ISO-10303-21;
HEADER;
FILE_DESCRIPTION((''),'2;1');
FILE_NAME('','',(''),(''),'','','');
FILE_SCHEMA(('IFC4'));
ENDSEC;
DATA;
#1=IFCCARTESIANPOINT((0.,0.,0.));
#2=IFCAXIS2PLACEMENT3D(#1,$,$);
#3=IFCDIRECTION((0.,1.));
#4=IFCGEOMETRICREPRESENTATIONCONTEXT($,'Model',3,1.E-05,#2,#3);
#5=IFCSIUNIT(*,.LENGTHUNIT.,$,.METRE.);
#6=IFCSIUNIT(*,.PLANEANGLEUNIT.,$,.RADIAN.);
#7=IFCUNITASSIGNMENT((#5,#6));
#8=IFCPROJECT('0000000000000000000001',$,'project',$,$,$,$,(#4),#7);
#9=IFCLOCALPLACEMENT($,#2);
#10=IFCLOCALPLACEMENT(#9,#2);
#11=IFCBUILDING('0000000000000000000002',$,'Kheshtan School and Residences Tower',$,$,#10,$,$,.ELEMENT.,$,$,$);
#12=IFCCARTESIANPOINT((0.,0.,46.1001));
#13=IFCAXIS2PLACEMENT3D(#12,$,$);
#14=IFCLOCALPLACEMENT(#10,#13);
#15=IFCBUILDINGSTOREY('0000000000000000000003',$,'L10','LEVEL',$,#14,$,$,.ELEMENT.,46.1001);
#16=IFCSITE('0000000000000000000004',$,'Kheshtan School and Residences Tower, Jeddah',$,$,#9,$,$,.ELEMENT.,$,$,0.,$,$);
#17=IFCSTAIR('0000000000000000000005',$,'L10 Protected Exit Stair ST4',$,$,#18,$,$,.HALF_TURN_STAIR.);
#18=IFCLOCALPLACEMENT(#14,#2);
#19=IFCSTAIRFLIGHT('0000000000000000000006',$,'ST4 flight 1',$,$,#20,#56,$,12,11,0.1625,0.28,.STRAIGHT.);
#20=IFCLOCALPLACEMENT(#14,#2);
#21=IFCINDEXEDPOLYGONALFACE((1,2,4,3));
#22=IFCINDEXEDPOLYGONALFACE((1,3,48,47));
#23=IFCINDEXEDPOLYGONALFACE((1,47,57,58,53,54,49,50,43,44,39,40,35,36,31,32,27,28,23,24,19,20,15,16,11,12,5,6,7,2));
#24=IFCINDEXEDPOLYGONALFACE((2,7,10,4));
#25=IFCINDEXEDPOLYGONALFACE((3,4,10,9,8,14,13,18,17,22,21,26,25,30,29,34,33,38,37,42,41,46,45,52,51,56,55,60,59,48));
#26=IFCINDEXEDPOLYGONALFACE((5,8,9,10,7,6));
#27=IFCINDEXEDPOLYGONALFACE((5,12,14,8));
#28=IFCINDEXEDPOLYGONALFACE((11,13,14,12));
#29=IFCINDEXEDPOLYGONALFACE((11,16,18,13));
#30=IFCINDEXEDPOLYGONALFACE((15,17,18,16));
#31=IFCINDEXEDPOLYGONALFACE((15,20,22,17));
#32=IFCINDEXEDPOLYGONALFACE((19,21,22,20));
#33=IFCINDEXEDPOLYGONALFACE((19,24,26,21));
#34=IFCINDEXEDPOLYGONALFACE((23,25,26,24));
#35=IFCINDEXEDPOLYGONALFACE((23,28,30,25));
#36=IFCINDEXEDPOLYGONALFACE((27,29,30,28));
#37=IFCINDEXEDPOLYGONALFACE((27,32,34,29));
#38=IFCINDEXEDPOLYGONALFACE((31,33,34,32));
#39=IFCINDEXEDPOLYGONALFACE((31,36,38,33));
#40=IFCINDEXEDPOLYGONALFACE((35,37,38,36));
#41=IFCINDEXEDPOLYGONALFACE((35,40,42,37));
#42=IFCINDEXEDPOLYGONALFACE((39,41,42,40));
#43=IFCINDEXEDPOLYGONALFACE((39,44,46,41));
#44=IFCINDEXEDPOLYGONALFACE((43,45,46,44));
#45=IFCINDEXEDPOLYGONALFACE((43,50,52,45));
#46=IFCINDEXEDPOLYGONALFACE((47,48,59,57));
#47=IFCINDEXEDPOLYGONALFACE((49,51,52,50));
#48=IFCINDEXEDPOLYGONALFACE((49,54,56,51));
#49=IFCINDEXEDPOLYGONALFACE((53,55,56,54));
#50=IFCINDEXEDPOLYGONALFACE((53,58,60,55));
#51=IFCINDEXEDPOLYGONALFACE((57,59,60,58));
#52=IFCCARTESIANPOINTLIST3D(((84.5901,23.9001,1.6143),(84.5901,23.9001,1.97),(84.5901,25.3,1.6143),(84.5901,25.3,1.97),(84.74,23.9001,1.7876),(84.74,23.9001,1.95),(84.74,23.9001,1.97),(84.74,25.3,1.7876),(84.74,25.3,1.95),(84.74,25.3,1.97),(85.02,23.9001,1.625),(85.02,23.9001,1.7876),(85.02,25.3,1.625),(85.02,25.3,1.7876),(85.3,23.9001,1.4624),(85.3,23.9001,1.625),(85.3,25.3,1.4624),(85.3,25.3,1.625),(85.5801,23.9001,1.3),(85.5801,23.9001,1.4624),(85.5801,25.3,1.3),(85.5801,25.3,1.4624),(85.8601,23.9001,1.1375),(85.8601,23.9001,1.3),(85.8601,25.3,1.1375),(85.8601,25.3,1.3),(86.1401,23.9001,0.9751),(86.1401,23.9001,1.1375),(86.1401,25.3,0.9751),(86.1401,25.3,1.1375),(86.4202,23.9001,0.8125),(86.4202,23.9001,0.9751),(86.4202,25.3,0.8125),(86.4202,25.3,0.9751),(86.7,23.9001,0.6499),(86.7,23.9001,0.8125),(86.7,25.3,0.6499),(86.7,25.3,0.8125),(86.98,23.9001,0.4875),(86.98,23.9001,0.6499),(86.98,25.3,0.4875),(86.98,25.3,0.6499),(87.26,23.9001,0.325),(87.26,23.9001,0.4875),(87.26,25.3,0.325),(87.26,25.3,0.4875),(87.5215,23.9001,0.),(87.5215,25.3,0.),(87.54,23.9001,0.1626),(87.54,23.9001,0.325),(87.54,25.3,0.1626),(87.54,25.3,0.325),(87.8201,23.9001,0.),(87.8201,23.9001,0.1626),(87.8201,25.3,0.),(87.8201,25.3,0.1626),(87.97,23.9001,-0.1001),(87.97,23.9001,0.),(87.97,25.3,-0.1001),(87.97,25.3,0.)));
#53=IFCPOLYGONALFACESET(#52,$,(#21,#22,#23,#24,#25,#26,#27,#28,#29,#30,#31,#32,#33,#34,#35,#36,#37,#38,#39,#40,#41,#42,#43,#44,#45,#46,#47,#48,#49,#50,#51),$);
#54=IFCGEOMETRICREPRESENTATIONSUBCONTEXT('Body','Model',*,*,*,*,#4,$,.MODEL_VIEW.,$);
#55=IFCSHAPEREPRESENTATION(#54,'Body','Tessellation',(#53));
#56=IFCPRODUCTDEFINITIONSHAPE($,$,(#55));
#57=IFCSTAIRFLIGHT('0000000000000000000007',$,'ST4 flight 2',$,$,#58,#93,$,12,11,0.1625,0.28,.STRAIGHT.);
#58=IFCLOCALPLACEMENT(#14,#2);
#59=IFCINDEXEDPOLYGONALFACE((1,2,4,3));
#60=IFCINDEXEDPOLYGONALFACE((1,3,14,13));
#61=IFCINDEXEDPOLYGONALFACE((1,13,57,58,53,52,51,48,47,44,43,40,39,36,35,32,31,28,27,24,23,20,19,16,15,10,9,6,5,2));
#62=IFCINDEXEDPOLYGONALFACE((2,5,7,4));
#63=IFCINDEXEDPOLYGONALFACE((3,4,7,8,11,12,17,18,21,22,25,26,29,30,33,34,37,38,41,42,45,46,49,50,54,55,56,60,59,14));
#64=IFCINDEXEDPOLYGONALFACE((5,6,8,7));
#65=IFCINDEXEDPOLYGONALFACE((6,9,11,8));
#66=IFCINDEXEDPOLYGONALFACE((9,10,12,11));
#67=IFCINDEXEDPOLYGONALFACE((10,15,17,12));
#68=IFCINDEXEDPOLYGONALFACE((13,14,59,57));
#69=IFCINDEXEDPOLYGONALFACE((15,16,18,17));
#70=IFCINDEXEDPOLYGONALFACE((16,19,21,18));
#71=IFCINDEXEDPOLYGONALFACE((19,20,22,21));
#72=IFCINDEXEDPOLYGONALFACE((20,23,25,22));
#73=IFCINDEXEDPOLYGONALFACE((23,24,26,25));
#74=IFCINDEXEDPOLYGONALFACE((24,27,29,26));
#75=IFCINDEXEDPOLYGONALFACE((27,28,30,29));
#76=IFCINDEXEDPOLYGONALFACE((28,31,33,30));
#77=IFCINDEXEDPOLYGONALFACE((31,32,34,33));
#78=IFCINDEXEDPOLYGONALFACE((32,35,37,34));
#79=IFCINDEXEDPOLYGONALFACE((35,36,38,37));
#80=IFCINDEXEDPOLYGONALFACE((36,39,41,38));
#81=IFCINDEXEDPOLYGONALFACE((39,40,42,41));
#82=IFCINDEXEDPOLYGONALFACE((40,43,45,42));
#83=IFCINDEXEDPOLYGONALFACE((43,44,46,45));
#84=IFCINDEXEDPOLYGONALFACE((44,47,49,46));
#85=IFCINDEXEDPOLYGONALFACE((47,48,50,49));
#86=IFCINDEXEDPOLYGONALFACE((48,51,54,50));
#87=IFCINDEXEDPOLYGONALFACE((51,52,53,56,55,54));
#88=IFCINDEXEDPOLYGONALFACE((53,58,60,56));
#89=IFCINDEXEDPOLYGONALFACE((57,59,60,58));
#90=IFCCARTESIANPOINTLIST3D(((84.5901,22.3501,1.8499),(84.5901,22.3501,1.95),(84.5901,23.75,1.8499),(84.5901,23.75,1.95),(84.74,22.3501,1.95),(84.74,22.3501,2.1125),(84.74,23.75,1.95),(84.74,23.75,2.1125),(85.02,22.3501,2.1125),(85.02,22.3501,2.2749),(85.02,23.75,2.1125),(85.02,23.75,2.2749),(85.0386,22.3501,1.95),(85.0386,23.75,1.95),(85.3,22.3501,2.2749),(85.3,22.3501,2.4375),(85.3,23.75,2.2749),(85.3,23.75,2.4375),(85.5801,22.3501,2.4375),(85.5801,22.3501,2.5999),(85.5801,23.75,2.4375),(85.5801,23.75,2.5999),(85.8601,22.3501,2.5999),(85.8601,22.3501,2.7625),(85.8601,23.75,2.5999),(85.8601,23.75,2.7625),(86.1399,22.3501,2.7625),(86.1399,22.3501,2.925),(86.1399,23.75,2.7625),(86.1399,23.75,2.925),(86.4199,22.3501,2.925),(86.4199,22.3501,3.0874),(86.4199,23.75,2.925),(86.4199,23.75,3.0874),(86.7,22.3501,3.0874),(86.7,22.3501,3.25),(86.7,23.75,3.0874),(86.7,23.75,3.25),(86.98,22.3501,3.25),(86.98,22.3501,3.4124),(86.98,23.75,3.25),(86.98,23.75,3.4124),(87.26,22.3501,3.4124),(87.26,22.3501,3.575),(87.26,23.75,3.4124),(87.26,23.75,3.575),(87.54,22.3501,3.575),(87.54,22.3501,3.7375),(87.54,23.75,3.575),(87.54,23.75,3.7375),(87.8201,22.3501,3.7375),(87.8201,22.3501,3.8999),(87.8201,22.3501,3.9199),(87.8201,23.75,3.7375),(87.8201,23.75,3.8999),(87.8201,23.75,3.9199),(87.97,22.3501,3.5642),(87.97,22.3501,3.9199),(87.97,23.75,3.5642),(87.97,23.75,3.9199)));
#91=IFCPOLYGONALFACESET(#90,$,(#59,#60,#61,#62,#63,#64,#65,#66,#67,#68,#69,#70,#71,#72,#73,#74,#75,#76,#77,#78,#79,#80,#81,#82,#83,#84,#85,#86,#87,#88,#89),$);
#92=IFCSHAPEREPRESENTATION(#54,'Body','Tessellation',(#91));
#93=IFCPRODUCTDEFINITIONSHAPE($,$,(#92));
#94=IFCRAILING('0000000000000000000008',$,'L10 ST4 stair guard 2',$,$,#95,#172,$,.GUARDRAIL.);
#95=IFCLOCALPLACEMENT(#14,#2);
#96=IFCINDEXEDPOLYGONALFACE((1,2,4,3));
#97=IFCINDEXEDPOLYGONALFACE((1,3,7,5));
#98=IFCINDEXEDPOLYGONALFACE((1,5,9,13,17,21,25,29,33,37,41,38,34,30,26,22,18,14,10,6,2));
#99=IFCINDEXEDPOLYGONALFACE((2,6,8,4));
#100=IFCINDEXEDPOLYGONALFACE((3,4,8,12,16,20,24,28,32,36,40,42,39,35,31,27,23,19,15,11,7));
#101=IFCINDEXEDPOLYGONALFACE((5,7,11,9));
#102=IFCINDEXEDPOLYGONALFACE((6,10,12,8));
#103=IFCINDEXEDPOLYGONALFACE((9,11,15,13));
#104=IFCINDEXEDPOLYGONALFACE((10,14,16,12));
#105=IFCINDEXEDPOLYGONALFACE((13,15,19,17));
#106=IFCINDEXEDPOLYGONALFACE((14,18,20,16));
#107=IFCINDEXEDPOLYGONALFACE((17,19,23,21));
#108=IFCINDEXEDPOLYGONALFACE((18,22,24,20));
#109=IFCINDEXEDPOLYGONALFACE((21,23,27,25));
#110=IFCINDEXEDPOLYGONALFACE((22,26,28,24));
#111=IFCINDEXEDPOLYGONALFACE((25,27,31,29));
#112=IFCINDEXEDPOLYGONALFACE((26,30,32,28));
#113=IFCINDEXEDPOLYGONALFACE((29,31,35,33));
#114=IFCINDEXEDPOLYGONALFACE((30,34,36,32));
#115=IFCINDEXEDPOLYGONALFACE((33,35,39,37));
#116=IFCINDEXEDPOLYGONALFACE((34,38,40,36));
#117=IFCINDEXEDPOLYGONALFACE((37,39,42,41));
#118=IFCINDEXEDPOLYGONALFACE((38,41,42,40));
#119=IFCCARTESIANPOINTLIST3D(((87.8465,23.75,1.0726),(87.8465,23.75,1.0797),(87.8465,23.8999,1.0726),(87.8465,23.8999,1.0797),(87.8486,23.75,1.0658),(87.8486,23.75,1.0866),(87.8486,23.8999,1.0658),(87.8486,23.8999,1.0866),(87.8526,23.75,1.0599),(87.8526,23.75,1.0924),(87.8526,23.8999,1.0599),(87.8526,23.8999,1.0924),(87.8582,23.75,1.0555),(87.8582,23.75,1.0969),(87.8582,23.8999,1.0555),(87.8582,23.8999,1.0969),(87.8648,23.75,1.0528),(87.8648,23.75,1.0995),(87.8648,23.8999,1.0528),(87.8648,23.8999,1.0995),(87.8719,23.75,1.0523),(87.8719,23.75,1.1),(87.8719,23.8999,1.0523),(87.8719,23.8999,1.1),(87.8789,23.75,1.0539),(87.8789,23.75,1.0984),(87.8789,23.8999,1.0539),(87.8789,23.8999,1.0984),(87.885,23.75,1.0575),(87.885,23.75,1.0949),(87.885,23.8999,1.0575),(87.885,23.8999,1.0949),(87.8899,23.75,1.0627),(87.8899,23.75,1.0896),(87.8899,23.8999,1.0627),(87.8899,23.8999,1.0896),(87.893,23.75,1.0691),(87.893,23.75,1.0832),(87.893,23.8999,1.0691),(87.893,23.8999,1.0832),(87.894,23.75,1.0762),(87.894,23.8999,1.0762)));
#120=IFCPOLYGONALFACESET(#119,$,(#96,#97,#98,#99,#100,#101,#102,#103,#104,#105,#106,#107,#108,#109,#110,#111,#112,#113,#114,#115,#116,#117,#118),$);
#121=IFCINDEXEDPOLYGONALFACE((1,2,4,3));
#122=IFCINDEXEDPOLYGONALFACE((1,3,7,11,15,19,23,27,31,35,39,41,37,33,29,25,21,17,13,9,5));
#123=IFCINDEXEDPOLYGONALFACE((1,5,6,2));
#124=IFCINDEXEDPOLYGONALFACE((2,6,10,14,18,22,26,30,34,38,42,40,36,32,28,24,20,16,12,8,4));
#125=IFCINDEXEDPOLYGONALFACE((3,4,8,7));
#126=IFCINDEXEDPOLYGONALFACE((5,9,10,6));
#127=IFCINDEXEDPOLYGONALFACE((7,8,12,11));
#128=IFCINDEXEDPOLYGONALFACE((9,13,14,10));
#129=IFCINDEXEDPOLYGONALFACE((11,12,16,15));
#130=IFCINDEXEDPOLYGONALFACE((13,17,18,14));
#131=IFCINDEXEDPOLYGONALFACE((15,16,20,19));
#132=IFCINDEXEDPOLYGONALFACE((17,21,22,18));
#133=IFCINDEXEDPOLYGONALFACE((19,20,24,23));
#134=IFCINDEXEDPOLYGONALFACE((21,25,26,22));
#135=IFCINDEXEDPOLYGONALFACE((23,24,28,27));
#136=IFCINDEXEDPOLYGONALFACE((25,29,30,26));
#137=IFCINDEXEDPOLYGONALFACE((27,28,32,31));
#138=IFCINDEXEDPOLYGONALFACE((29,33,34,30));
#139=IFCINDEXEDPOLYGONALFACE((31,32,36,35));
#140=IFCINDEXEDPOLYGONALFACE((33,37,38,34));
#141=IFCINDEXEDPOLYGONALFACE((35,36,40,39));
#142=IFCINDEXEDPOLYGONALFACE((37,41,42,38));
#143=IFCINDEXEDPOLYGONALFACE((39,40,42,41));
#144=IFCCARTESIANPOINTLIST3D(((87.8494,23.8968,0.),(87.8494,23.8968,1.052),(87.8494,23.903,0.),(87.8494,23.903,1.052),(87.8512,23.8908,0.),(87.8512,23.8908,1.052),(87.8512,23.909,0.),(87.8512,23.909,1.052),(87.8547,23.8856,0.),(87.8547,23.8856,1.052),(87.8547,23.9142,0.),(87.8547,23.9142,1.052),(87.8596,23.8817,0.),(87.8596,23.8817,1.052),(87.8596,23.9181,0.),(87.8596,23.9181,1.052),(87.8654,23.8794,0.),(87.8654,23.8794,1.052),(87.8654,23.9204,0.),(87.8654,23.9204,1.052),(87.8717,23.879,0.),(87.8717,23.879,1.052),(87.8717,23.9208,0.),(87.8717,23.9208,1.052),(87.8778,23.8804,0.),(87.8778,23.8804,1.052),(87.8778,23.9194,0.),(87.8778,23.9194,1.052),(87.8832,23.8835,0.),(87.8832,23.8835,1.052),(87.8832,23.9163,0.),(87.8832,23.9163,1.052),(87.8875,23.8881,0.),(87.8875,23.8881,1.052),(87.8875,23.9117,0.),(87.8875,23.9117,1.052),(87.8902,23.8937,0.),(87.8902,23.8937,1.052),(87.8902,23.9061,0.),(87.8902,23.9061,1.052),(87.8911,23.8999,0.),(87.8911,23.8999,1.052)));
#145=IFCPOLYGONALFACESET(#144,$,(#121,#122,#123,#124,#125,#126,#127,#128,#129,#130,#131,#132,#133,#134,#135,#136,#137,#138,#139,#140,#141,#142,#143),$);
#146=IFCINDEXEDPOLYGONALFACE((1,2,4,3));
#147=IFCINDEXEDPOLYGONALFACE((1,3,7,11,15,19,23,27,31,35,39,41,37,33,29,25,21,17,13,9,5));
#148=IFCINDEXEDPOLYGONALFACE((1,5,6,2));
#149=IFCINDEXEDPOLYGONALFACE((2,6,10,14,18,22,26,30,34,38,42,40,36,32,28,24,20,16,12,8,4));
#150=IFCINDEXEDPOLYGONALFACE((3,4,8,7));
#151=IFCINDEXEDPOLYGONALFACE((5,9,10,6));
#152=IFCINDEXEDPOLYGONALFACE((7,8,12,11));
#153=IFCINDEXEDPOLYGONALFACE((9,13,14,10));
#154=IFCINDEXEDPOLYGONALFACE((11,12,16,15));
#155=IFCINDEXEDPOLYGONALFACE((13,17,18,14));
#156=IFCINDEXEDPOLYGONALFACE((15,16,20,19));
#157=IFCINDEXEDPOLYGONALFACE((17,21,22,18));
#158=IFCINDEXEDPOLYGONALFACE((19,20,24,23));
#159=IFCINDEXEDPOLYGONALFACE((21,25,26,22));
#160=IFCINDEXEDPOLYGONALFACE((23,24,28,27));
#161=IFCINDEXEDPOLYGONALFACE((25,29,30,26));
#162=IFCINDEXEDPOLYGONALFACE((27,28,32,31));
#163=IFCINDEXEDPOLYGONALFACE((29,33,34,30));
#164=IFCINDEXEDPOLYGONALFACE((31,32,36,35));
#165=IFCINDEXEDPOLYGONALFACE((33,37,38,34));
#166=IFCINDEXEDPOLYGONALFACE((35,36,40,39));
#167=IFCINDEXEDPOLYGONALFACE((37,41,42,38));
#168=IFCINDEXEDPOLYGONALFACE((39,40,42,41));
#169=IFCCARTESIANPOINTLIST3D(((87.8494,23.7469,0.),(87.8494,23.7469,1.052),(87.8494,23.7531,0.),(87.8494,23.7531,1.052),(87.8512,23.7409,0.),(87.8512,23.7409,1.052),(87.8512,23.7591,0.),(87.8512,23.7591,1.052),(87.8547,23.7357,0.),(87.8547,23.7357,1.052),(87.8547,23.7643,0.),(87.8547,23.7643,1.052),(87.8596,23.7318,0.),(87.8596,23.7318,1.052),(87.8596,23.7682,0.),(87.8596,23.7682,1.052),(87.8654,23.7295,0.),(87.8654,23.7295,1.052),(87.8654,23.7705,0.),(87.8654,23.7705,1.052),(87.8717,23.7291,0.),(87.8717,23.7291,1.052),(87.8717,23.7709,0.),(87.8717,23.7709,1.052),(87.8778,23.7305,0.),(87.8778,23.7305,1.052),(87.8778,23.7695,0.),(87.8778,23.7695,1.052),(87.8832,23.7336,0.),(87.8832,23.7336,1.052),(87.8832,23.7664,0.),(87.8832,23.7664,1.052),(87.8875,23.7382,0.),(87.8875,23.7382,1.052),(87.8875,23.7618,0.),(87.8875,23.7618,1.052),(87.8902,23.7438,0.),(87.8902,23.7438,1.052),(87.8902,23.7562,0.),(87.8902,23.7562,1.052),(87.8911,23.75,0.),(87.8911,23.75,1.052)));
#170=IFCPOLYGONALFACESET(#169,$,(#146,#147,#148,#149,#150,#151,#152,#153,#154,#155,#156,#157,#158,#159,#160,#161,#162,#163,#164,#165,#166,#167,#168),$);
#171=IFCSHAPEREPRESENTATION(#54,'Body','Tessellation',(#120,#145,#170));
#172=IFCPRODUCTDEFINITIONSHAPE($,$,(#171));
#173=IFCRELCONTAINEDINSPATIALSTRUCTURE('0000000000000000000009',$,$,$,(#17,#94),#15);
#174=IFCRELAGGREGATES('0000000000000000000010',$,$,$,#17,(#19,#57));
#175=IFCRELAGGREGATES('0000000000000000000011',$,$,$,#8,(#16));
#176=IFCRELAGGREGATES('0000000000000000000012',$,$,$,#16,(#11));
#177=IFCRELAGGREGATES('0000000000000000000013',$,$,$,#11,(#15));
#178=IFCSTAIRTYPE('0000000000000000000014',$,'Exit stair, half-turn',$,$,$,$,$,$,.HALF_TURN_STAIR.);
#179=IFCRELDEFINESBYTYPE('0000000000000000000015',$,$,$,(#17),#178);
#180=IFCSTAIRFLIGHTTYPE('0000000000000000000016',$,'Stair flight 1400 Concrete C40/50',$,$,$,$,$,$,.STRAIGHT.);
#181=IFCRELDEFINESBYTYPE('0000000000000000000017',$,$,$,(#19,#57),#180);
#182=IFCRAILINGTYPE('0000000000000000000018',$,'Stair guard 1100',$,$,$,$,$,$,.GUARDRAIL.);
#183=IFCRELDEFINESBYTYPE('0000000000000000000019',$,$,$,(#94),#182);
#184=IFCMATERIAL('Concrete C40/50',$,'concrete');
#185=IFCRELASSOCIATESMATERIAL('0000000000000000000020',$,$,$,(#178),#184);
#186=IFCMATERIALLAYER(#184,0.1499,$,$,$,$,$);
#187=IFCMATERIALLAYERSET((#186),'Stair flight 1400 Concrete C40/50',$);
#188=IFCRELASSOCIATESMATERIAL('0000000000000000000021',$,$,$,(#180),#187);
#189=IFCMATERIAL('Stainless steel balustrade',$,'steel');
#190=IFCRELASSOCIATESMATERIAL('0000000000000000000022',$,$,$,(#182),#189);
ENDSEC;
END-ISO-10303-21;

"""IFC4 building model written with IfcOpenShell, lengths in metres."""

from ifc_helpers import new_model, si_unit, direction, frame, origin, origin_2d, place, context, subcontext, project, spatial, polyline, circle, outline, extrude, material, layer, layer_set, type_object, element, aggregate, save


model = new_model("IFC4")

# Units and contexts
model_context = context("Model", 3, precision=1e-05, world=origin(), true_north=direction((0.0, 1.0)))
body_context = subcontext(model_context, "Body", "Model", "MODEL_VIEW")
ifc_project = project(units=[si_unit("LENGTHUNIT", "METRE"), si_unit("PLANEANGLEUNIT", "RADIAN")], contexts=[model_context])

# Site, building, storey
site_placement = place(None, origin())
site = spatial("IfcSite", under=ifc_project, at=site_placement, Name="Kheshtan School and Residences Tower, Jeddah", CompositionType="ELEMENT", RefElevation=0.0)
building_placement = place(site_placement, origin())
building = spatial("IfcBuilding", under=site, at=building_placement, Name="Kheshtan School and Residences Tower", CompositionType="ELEMENT")
storey_placement = place(building_placement, frame((0.0, 0.0, 46.1001)))
storey = spatial("IfcBuildingStorey", under=building, at=storey_placement, Name="L10", Description="LEVEL", CompositionType="ELEMENT", Elevation=46.1001)

# Shared definitions
ifc_material_1 = material(Name="Concrete C40/50", Category="concrete")

# Stair, stair flights
stair_type = type_object("IfcStairType", Name="Exit stair, half-turn", PredefinedType="HALF_TURN_STAIR", material=ifc_material_1)
stair_placement = place(storey_placement, origin())
stair = element("IfcStair", 1, at=stair_placement, inside=storey, type_object=stair_type, Name="L10 Protected Exit Stair ST4", PredefinedType="HALF_TURN_STAIR")
ifc_layer_1 = layer(ifc_material_1, 0.1499)
ifc_layer_set_1 = layer_set([ifc_layer_1], Name="Stair flight 1400 Concrete C40/50")
stair_flight_type = type_object("IfcStairFlightType", Name="Stair flight 1400 Concrete C40/50", PredefinedType="STRAIGHT", material=ifc_layer_set_1)
stair_flight_1_placement = place(storey_placement, frame((87.8201, 24.6001, 0.0), z_axis=(0.0, 0.0, 1.0), x_axis=(-1.0, 0.0, 0.0)))
stair_flight_1 = element("IfcStairFlight", 2, at=stair_flight_1_placement, type_object=stair_flight_type, Name="ST4 flight 1", NumberOfRisers=12, NumberOfTreads=11, PredefinedType="STRAIGHT", RiserHeight=0.1625, TreadLength=0.28, context=body_context, shape_type="SweptSolid", body=[
    extrude(outline(polyline([(-0.1499, -0.1001), (-0.1499, 0.0), (0.0, 0.0), (0.0, 0.1626), (0.28, 0.1626), (0.28, 0.325), (0.5601, 0.325), (0.5601, 0.4875), (0.8401, 0.4875), (0.8401, 0.6499), (1.1201, 0.6499), (1.1201, 0.8125), (1.3999, 0.8125), (1.3999, 0.9751), (1.6799, 0.9751), (1.6799, 1.1375), (1.96, 1.1375), (1.96, 1.3), (2.24, 1.3), (2.24, 1.4624), (2.52, 1.4624), (2.52, 1.625), (2.8, 1.625), (2.8, 1.7876), (3.0801, 1.7876), (3.0801, 1.95), (3.0801, 1.97), (3.23, 1.97), (3.23, 1.6143), (0.2986, 0.0), (-0.1499, -0.1001)])), frame((0.0, 0.7, 0.0), z_axis=(0.0, -1.0, 0.0), x_axis=(1.0, 0.0, 0.0)), (0.0, 0.0, 1.0), 1.3999),
])
stair_flight_2_placement = place(storey_placement, frame((84.74, 23.05, 1.95), z_axis=(0.0, 0.0, 1.0), x_axis=(1.0, 0.0, 0.0)))
stair_flight_2 = element("IfcStairFlight", 3, at=stair_flight_2_placement, type_object=stair_flight_type, Name="ST4 flight 2", NumberOfRisers=12, NumberOfTreads=11, PredefinedType="STRAIGHT", RiserHeight=0.1625, TreadLength=0.28, context=body_context, shape_type="SweptSolid", body=[
    extrude(outline(polyline([(-0.1499, -0.1001), (-0.1499, 0.0), (0.0, 0.0), (0.0, 0.1626), (0.28, 0.1626), (0.28, 0.325), (0.5601, 0.325), (0.5601, 0.4875), (0.8401, 0.4875), (0.8401, 0.6499), (1.1201, 0.6499), (1.1201, 0.8125), (1.3999, 0.8125), (1.3999, 0.9751), (1.6799, 0.9751), (1.6799, 1.1375), (1.96, 1.1375), (1.96, 1.3), (2.24, 1.3), (2.24, 1.4624), (2.52, 1.4624), (2.52, 1.625), (2.8, 1.625), (2.8, 1.7876), (3.0801, 1.7876), (3.0801, 1.95), (3.0801, 1.97), (3.23, 1.97), (3.23, 1.6143), (0.2986, 0.0), (-0.1499, -0.1001)])), frame((0.0, 0.7, 0.0), z_axis=(0.0, -1.0, 0.0), x_axis=(1.0, 0.0, 0.0)), (0.0, 0.0, 1.0), 1.3999),
])
aggregate(stair, [stair_flight_1, stair_flight_2])

# Railing
ifc_material_2 = material(Name="Stainless steel balustrade", Category="steel")
railing_type_1 = type_object("IfcRailingType", Name="Stair guard 1100", PredefinedType="GUARDRAIL", material=ifc_material_2)
railing_1_placement = place(storey_placement, frame((87.8701, 23.8999, 0.0)))
element("IfcRailing", 4, at=railing_1_placement, inside=storey, type_object=railing_type_1, Name="L10 ST4 stair guard 2", PredefinedType="GUARDRAIL", context=body_context, shape_type="SweptSolid", body=[
    extrude(circle(Radius=0.0239, at=origin_2d()), frame((0.0, 0.0, 1.0762), z_axis=(0.0, -1.0, 0.0), x_axis=(1.0, 0.0, 0.0)), (0.0, 0.0, 1.0), 0.1499),
    extrude(circle(Radius=0.021, at=origin_2d()), origin(), (0.0, 0.0, 1.0), 1.052),
    extrude(circle(Radius=0.021, at=origin_2d()), frame((0.0, -0.1499, 0.0)), (0.0, 0.0, 1.0), 1.052),
])

save(model, "model.ifc")
